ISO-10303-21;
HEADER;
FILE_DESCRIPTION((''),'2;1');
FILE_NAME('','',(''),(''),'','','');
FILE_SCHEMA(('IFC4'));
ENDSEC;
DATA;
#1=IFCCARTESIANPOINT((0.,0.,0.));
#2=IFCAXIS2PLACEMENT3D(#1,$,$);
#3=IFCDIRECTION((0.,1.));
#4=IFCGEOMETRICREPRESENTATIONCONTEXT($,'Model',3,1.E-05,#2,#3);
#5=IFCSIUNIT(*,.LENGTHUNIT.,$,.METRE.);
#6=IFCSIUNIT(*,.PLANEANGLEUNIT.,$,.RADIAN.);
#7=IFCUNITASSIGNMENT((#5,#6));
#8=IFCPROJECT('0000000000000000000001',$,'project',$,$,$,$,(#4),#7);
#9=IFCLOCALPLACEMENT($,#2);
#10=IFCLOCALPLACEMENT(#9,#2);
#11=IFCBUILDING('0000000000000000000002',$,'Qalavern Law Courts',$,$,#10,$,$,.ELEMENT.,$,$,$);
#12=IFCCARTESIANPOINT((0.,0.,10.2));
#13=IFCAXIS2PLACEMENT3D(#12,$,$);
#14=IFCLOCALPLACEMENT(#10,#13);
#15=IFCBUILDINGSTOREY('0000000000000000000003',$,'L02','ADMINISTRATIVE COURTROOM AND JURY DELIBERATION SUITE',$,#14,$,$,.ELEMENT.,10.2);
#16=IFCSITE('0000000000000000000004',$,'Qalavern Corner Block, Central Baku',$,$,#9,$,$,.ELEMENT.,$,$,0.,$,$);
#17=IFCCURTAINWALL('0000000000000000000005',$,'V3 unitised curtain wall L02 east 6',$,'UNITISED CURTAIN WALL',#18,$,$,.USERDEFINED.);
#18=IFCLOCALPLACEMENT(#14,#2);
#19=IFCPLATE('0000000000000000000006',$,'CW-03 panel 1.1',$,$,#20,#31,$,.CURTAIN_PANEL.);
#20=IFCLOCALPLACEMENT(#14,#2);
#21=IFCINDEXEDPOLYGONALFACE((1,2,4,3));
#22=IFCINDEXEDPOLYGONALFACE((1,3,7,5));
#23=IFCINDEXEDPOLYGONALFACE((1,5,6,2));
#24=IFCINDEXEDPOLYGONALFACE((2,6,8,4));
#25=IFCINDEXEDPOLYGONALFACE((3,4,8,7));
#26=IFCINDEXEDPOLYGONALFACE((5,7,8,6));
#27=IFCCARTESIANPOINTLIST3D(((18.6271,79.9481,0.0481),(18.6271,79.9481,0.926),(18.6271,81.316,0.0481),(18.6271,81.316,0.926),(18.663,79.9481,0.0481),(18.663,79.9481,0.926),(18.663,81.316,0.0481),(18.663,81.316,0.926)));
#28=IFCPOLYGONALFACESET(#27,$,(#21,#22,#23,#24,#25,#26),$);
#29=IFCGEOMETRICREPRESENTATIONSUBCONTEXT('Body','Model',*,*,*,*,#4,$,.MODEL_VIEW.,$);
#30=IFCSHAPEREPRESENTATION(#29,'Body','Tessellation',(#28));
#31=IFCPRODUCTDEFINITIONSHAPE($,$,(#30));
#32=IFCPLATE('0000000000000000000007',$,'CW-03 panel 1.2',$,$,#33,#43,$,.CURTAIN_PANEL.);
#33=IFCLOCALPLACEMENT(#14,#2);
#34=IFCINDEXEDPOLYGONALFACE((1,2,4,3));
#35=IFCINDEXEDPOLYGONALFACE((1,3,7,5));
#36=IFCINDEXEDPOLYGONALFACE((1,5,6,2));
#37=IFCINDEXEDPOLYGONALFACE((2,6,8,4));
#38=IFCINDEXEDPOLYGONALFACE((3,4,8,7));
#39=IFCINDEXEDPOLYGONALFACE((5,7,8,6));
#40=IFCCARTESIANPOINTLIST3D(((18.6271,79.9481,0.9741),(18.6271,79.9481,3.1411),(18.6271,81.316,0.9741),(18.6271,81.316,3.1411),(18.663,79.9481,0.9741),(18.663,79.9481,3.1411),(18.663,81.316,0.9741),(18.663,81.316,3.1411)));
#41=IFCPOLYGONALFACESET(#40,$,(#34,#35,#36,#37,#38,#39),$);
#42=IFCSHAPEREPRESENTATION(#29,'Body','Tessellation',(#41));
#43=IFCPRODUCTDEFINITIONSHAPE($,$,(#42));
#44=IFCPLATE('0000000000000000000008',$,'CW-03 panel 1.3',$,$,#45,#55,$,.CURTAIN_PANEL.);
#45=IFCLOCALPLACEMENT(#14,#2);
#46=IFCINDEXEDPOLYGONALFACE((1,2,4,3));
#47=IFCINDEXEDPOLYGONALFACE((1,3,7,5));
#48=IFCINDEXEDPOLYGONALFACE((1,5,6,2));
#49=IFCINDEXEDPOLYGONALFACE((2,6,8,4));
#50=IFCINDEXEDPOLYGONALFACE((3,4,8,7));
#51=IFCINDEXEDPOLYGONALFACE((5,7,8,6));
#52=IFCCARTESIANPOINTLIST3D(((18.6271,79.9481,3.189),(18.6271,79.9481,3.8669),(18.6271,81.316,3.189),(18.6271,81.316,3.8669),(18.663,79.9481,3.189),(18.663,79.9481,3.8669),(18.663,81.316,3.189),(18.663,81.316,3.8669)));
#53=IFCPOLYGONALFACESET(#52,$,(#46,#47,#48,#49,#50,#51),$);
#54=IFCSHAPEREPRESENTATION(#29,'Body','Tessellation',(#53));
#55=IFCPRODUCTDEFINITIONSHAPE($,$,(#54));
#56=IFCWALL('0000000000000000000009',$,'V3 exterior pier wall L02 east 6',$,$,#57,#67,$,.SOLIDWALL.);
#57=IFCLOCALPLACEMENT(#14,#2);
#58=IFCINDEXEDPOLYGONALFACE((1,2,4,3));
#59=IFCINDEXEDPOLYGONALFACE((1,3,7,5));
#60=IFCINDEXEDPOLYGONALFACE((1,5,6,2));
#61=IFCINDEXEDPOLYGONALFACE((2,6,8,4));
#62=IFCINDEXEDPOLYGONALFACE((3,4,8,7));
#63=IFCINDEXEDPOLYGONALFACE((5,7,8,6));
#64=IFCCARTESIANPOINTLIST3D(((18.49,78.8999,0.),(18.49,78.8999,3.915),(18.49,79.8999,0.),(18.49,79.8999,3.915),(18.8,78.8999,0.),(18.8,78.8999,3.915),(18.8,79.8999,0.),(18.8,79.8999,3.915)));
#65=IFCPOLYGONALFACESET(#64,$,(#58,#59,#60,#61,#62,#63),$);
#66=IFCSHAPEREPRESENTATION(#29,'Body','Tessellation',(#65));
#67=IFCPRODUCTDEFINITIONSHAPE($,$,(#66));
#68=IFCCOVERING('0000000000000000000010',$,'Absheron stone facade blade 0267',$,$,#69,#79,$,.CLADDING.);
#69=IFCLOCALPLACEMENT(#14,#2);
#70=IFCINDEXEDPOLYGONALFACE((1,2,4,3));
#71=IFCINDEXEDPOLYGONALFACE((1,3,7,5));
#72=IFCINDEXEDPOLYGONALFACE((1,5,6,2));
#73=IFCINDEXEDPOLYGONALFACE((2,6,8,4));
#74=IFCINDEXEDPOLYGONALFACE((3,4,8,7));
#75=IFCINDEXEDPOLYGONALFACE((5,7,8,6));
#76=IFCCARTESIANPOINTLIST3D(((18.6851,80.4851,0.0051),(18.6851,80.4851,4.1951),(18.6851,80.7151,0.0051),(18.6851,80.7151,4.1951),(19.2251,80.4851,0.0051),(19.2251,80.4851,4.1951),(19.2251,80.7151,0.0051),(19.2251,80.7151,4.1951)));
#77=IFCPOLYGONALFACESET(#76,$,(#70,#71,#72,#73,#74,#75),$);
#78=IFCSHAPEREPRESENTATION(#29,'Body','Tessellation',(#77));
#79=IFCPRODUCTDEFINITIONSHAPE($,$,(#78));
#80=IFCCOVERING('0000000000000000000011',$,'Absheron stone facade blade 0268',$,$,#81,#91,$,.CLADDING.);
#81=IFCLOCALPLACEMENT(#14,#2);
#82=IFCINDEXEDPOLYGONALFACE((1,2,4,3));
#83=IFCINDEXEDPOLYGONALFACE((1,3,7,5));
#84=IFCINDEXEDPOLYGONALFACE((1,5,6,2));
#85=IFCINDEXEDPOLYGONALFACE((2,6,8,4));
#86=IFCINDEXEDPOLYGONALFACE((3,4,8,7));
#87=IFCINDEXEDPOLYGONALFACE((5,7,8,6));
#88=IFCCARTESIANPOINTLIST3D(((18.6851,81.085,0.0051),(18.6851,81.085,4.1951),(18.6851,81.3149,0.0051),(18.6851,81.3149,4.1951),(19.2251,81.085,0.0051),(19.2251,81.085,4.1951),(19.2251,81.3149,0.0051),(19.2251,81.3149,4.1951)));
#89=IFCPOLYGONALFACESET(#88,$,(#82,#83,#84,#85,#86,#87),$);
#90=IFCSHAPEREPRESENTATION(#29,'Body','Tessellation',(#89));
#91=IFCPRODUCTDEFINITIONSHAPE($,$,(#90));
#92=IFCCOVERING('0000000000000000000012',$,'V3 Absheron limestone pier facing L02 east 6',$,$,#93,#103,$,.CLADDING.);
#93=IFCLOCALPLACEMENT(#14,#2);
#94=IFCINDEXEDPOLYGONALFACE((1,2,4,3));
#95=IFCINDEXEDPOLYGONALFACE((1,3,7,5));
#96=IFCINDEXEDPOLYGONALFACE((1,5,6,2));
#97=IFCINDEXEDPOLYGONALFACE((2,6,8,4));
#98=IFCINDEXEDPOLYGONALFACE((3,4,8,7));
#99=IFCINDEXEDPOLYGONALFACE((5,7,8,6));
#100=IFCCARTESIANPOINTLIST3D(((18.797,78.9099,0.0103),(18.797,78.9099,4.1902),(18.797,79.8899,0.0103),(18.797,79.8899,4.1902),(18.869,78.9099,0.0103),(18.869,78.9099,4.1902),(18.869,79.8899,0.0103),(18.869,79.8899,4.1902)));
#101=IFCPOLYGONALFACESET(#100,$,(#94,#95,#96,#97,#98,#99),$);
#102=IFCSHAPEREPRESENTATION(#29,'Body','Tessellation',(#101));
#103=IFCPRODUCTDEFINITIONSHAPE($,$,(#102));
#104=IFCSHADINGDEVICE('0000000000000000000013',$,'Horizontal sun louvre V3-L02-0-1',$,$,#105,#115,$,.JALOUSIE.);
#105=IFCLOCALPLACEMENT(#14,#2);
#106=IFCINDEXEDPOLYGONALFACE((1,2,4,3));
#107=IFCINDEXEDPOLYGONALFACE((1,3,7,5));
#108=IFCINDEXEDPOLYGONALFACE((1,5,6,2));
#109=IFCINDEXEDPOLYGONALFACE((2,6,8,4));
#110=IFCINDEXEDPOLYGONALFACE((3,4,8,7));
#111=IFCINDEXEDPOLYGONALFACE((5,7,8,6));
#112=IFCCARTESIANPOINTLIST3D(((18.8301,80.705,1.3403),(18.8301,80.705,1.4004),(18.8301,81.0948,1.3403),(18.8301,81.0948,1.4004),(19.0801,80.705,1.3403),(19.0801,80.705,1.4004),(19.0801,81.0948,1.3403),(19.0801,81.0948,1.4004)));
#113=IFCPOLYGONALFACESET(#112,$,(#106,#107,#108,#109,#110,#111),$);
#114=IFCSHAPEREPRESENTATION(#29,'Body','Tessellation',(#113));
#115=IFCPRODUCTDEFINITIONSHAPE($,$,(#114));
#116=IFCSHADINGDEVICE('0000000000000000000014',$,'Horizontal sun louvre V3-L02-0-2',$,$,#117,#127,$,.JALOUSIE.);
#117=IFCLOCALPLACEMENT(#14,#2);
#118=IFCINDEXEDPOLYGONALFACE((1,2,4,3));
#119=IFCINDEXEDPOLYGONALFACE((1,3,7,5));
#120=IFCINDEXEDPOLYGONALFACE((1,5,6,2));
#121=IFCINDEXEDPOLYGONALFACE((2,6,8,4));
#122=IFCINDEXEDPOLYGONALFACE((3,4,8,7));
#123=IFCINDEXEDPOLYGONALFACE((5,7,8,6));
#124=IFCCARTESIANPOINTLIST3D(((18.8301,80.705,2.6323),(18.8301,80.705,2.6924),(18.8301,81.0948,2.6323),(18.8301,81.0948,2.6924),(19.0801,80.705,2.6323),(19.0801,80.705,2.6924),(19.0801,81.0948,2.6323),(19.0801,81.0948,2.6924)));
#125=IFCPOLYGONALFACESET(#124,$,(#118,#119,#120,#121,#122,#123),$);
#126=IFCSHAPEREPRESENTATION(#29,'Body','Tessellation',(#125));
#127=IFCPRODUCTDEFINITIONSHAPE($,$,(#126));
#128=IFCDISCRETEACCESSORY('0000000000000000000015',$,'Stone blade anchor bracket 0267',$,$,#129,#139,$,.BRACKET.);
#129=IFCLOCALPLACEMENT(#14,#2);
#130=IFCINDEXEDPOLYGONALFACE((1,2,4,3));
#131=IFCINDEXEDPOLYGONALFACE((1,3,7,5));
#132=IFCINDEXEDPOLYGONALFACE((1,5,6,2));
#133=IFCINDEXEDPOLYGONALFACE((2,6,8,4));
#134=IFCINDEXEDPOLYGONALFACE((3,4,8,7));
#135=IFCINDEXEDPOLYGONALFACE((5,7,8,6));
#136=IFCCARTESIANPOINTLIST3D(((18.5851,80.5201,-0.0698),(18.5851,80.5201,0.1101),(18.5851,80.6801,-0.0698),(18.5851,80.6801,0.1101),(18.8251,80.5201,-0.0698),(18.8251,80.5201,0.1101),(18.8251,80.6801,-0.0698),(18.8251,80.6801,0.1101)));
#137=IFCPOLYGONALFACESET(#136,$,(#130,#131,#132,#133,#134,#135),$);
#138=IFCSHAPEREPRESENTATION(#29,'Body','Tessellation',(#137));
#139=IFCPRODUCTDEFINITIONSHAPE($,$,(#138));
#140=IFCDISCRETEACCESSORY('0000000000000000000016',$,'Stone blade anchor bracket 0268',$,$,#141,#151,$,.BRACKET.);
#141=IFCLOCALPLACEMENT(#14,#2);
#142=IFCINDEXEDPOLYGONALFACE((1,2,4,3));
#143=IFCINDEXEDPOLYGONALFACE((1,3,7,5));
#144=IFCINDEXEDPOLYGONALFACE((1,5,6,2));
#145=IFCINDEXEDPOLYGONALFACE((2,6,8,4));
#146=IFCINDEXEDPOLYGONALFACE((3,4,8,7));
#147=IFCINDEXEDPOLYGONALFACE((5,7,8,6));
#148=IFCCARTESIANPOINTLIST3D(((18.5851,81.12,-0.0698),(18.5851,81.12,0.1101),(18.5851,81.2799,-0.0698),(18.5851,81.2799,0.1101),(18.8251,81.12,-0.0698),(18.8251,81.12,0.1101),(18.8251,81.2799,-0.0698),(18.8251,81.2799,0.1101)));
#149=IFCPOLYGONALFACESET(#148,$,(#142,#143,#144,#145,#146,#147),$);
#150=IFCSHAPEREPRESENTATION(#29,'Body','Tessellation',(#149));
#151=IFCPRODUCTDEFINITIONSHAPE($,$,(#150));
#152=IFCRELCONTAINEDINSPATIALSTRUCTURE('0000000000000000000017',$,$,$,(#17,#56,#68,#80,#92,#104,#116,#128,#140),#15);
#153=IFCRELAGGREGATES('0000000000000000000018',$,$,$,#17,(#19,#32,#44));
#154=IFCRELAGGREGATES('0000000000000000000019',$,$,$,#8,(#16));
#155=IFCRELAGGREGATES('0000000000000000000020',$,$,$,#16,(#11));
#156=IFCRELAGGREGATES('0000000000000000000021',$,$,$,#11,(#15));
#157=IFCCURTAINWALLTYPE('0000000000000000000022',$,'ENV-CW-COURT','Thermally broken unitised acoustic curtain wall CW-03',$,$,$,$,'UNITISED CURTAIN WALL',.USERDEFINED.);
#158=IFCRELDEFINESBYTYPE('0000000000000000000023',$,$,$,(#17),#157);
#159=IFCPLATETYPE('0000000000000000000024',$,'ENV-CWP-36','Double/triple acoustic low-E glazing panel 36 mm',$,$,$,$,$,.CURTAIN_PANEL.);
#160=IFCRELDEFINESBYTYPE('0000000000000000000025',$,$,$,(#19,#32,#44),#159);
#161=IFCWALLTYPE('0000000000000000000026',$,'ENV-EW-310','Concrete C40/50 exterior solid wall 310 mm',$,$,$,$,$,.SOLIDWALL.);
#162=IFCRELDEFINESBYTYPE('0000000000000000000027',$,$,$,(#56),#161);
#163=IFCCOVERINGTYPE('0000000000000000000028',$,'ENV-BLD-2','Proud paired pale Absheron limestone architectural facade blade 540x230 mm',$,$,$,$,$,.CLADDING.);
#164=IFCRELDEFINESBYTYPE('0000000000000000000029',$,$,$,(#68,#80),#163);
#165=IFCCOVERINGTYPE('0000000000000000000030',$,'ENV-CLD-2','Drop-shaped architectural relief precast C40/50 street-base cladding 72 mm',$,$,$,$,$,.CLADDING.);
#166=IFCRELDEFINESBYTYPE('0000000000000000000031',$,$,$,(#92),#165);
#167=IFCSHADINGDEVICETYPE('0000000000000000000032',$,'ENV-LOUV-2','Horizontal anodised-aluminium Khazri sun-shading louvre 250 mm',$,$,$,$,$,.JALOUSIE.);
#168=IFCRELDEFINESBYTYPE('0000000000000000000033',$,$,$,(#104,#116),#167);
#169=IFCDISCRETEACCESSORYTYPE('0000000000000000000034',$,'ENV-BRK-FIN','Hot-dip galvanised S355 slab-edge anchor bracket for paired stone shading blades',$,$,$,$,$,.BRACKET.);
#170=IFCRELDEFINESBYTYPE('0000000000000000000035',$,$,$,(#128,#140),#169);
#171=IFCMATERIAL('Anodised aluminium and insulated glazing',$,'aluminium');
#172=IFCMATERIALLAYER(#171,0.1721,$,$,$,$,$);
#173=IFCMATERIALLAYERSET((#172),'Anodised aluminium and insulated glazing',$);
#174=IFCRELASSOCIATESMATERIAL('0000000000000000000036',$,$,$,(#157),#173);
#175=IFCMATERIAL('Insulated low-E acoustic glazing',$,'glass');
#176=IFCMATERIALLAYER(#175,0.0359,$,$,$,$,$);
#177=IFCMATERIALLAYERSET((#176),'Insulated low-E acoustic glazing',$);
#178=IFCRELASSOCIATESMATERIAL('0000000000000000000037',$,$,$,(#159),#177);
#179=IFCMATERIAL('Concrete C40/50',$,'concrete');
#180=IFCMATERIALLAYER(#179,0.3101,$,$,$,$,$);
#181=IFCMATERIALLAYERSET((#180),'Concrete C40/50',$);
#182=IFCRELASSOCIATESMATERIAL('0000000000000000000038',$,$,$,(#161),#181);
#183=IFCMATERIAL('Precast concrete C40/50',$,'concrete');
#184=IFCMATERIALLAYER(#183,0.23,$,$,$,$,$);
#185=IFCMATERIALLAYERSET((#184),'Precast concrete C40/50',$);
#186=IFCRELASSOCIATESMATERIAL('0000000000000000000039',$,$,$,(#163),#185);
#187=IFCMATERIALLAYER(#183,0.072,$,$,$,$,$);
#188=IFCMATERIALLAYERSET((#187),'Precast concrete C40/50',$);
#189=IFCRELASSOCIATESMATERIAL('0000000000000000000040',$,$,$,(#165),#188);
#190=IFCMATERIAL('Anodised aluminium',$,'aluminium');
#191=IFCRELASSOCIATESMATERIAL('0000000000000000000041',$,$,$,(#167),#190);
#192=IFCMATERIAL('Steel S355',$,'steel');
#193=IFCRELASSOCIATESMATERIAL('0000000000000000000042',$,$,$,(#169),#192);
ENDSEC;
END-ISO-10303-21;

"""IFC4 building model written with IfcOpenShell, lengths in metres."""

from ifc_helpers import new_model, si_unit, direction, frame, frame_2d, origin, origin_2d, place, context, subcontext, project, spatial, rectangle, extrude, material, layer, layer_set, type_object, element, aggregate, save


model = new_model("IFC4")

# Units and contexts
model_context = context("Model", 3, precision=1e-05, world=origin(), true_north=direction((0.0, 1.0)))
body_context = subcontext(model_context, "Body", "Model", "MODEL_VIEW")
ifc_project = project(units=[si_unit("LENGTHUNIT", "METRE"), si_unit("PLANEANGLEUNIT", "RADIAN")], contexts=[model_context])

# Site, building, storey
site_placement = place(None, origin())
site = spatial("IfcSite", under=ifc_project, at=site_placement, Name="Qalavern Corner Block, Central Baku", CompositionType="ELEMENT", RefElevation=0.0)
building_placement = place(site_placement, origin())
building = spatial("IfcBuilding", under=site, at=building_placement, Name="Qalavern Law Courts", CompositionType="ELEMENT")
storey_placement = place(building_placement, frame((0.0, 0.0, 10.2)))
storey = spatial("IfcBuildingStorey", under=building, at=storey_placement, Name="L02", Description="ADMINISTRATIVE COURTROOM AND JURY DELIBERATION SUITE", CompositionType="ELEMENT", Elevation=10.2)

# Shared definitions
ifc_material_1 = material(Name="Anodised aluminium and insulated glazing", Category="aluminium")
ifc_layer_1 = layer(ifc_material_1, 0.1721)
ifc_layer_set_1 = layer_set([ifc_layer_1], Name="Anodised aluminium and insulated glazing")
curtain_wall_type = type_object("IfcCurtainWallType", Name="ENV-CW-COURT", Description="Thermally broken unitised acoustic curtain wall CW-03", ElementType="UNITISED CURTAIN WALL", PredefinedType="USERDEFINED", material=ifc_layer_set_1)
ifc_material_2 = material(Name="Anodised aluminium", Category="aluminium")

# Curtain wall, plates
curtain_wall_1_placement = place(storey_placement, origin())
curtain_wall_1 = element("IfcCurtainWall", 1, at=curtain_wall_1_placement, inside=storey, type_object=curtain_wall_type, Name="V3 unitised curtain wall L02 east 6", ObjectType="UNITISED CURTAIN WALL", PredefinedType="USERDEFINED")
ifc_material_3 = material(Name="Insulated low-E acoustic glazing", Category="glass")
ifc_layer_2 = layer(ifc_material_3, 0.0359)
ifc_layer_set_2 = layer_set([ifc_layer_2], Name="Insulated low-E acoustic glazing")
plate_type = type_object("IfcPlateType", Name="ENV-CWP-36", Description="Double/triple acoustic low-E glazing panel 36 mm", PredefinedType="CURTAIN_PANEL", material=ifc_layer_set_2)
plate_1_placement = place(storey_placement, frame((18.645, 80.6321, 0.0481), z_axis=(0.0, 0.0, 1.0), x_axis=(0.0, 1.0, 0.0)))
plate_1 = element("IfcPlate", 2, at=plate_1_placement, type_object=plate_type, Name="CW-03 panel 1.1", PredefinedType="CURTAIN_PANEL", context=body_context, shape_type="SweptSolid", body=[
    extrude(rectangle(XDim=1.3679, YDim=0.0359, at=origin_2d()), origin(), (0.0, 0.0, 1.0), 0.8779),
])
plate_2_placement = place(storey_placement, frame((18.645, 80.6321, 0.9741), z_axis=(0.0, 0.0, 1.0), x_axis=(0.0, 1.0, 0.0)))
plate_2 = element("IfcPlate", 3, at=plate_2_placement, type_object=plate_type, Name="CW-03 panel 1.2", PredefinedType="CURTAIN_PANEL", context=body_context, shape_type="SweptSolid", body=[
    extrude(rectangle(XDim=1.3679, YDim=0.0359, at=origin_2d()), origin(), (0.0, 0.0, 1.0), 2.167),
])
plate_3_placement = place(storey_placement, frame((18.645, 80.6321, 3.189), z_axis=(0.0, 0.0, 1.0), x_axis=(0.0, 1.0, 0.0)))
plate_3 = element("IfcPlate", 4, at=plate_3_placement, type_object=plate_type, Name="CW-03 panel 1.3", PredefinedType="CURTAIN_PANEL", context=body_context, shape_type="SweptSolid", body=[
    extrude(rectangle(XDim=1.3679, YDim=0.0359, at=origin_2d()), origin(), (0.0, 0.0, 1.0), 0.678),
])
aggregate(curtain_wall_1, [plate_1, plate_2, plate_3])

# Wall
ifc_material_4 = material(Name="Concrete C40/50", Category="concrete")
ifc_layer_3 = layer(ifc_material_4, 0.3101)
ifc_layer_set_3 = layer_set([ifc_layer_3], Name="Concrete C40/50")
wall_type = type_object("IfcWallType", Name="ENV-EW-310", Description="Concrete C40/50 exterior solid wall 310 mm", PredefinedType="SOLIDWALL", material=ifc_layer_set_3)
wall_placement = place(storey_placement, frame((18.645, 78.8999, 0.0), z_axis=(0.0, 0.0, 1.0), x_axis=(0.0, 1.0, 0.0)))
element("IfcWall", 5, at=wall_placement, inside=storey, type_object=wall_type, Name="V3 exterior pier wall L02 east 6", PredefinedType="SOLIDWALL", context=body_context, shape_type="SweptSolid", body=[
    extrude(rectangle(XDim=1.0, YDim=0.3101, at=frame_2d((0.5, 0.0))), origin(), (0.0, 0.0, 1.0), 3.915),
])

# Coverings
ifc_material_5 = material(Name="Precast concrete C40/50", Category="concrete")
ifc_layer_4 = layer(ifc_material_5, 0.23)
ifc_layer_set_4 = layer_set([ifc_layer_4], Name="Precast concrete C40/50")
covering_type_1 = type_object("IfcCoveringType", Name="ENV-BLD-2", Description="Proud paired pale Absheron limestone architectural facade blade 540x230 mm", PredefinedType="CLADDING", material=ifc_layer_set_4)
for number, where, z_axis, x_axis, name in (
    (6, (18.9551, 80.6001, 0.0051), (0.0, 0.0, 1.0), (1.0, 0.0, 0.0), "Absheron stone facade blade 0267"),
    (7, (18.9551, 81.2, 0.0051), (0.0, 0.0, 1.0), (1.0, 0.0, 0.0), "Absheron stone facade blade 0268"),
):
    element("IfcCovering", number, at=place(storey_placement, frame(where, z_axis=z_axis, x_axis=x_axis)), inside=storey, type_object=covering_type_1, Name=name, PredefinedType="CLADDING", context=body_context, shape_type="SweptSolid", body=[
        extrude(rectangle(XDim=0.54, YDim=0.23, at=origin_2d()), origin(), (0.0, 0.0, 1.0), 4.1899),
    ])
ifc_layer_5 = layer(ifc_material_5, 0.072)
ifc_layer_set_5 = layer_set([ifc_layer_5], Name="Precast concrete C40/50")
covering_type_2 = type_object("IfcCoveringType", Name="ENV-CLD-2", Description="Drop-shaped architectural relief precast C40/50 street-base cladding 72 mm", PredefinedType="CLADDING", material=ifc_layer_set_5)
covering_placement = place(storey_placement, frame((18.833, 79.3999, 0.0103), z_axis=(0.0, 0.0, 1.0), x_axis=(0.0, 1.0, 0.0)))
element("IfcCovering", 8, at=covering_placement, inside=storey, type_object=covering_type_2, Name="V3 Absheron limestone pier facing L02 east 6", PredefinedType="CLADDING", context=body_context, shape_type="SweptSolid", body=[
    extrude(rectangle(XDim=0.98, YDim=0.072, at=origin_2d()), origin(), (0.0, 0.0, 1.0), 4.1799),
])

# Shading devices
shading_device_type = type_object("IfcShadingDeviceType", Name="ENV-LOUV-2", Description="Horizontal anodised-aluminium Khazri sun-shading louvre 250 mm", PredefinedType="JALOUSIE", material=ifc_material_2)
for number, where, z_axis, x_axis, name in (
    (9, (18.9551, 80.8999, 1.3403), (0.0, 0.0, 1.0), (0.0, 1.0, 0.0), "Horizontal sun louvre V3-L02-0-1"),
    (10, (18.9551, 80.8999, 2.6323), (0.0, 0.0, 1.0), (0.0, 1.0, 0.0), "Horizontal sun louvre V3-L02-0-2"),
):
    element("IfcShadingDevice", number, at=place(storey_placement, frame(where, z_axis=z_axis, x_axis=x_axis)), inside=storey, type_object=shading_device_type, Name=name, PredefinedType="JALOUSIE", context=body_context, shape_type="SweptSolid", body=[
        extrude(rectangle(XDim=0.3899, YDim=0.25, at=origin_2d()), origin(), (0.0, 0.0, 1.0), 0.0601),
    ])

# Discrete accessories
ifc_material_6 = material(Name="Steel S355", Category="steel")
discrete_accessory_type = type_object("IfcDiscreteAccessoryType", Name="ENV-BRK-FIN", Description="Hot-dip galvanised S355 slab-edge anchor bracket for paired stone shading blades", PredefinedType="BRACKET", material=ifc_material_6)
for number, where, z_axis, x_axis, name in (
    (11, (18.7051, 80.6001, -0.0698), (0.0, 0.0, 1.0), (1.0, 0.0, 0.0), "Stone blade anchor bracket 0267"),
    (12, (18.7051, 81.2, -0.0698), (0.0, 0.0, 1.0), (1.0, 0.0, 0.0), "Stone blade anchor bracket 0268"),
):
    element("IfcDiscreteAccessory", number, at=place(storey_placement, frame(where, z_axis=z_axis, x_axis=x_axis)), inside=storey, type_object=discrete_accessory_type, Name=name, PredefinedType="BRACKET", context=body_context, shape_type="SweptSolid", body=[
        extrude(rectangle(XDim=0.24, YDim=0.1599, at=origin_2d()), origin(), (0.0, 0.0, 1.0), 0.1799),
    ])

save(model, "model.ifc")
